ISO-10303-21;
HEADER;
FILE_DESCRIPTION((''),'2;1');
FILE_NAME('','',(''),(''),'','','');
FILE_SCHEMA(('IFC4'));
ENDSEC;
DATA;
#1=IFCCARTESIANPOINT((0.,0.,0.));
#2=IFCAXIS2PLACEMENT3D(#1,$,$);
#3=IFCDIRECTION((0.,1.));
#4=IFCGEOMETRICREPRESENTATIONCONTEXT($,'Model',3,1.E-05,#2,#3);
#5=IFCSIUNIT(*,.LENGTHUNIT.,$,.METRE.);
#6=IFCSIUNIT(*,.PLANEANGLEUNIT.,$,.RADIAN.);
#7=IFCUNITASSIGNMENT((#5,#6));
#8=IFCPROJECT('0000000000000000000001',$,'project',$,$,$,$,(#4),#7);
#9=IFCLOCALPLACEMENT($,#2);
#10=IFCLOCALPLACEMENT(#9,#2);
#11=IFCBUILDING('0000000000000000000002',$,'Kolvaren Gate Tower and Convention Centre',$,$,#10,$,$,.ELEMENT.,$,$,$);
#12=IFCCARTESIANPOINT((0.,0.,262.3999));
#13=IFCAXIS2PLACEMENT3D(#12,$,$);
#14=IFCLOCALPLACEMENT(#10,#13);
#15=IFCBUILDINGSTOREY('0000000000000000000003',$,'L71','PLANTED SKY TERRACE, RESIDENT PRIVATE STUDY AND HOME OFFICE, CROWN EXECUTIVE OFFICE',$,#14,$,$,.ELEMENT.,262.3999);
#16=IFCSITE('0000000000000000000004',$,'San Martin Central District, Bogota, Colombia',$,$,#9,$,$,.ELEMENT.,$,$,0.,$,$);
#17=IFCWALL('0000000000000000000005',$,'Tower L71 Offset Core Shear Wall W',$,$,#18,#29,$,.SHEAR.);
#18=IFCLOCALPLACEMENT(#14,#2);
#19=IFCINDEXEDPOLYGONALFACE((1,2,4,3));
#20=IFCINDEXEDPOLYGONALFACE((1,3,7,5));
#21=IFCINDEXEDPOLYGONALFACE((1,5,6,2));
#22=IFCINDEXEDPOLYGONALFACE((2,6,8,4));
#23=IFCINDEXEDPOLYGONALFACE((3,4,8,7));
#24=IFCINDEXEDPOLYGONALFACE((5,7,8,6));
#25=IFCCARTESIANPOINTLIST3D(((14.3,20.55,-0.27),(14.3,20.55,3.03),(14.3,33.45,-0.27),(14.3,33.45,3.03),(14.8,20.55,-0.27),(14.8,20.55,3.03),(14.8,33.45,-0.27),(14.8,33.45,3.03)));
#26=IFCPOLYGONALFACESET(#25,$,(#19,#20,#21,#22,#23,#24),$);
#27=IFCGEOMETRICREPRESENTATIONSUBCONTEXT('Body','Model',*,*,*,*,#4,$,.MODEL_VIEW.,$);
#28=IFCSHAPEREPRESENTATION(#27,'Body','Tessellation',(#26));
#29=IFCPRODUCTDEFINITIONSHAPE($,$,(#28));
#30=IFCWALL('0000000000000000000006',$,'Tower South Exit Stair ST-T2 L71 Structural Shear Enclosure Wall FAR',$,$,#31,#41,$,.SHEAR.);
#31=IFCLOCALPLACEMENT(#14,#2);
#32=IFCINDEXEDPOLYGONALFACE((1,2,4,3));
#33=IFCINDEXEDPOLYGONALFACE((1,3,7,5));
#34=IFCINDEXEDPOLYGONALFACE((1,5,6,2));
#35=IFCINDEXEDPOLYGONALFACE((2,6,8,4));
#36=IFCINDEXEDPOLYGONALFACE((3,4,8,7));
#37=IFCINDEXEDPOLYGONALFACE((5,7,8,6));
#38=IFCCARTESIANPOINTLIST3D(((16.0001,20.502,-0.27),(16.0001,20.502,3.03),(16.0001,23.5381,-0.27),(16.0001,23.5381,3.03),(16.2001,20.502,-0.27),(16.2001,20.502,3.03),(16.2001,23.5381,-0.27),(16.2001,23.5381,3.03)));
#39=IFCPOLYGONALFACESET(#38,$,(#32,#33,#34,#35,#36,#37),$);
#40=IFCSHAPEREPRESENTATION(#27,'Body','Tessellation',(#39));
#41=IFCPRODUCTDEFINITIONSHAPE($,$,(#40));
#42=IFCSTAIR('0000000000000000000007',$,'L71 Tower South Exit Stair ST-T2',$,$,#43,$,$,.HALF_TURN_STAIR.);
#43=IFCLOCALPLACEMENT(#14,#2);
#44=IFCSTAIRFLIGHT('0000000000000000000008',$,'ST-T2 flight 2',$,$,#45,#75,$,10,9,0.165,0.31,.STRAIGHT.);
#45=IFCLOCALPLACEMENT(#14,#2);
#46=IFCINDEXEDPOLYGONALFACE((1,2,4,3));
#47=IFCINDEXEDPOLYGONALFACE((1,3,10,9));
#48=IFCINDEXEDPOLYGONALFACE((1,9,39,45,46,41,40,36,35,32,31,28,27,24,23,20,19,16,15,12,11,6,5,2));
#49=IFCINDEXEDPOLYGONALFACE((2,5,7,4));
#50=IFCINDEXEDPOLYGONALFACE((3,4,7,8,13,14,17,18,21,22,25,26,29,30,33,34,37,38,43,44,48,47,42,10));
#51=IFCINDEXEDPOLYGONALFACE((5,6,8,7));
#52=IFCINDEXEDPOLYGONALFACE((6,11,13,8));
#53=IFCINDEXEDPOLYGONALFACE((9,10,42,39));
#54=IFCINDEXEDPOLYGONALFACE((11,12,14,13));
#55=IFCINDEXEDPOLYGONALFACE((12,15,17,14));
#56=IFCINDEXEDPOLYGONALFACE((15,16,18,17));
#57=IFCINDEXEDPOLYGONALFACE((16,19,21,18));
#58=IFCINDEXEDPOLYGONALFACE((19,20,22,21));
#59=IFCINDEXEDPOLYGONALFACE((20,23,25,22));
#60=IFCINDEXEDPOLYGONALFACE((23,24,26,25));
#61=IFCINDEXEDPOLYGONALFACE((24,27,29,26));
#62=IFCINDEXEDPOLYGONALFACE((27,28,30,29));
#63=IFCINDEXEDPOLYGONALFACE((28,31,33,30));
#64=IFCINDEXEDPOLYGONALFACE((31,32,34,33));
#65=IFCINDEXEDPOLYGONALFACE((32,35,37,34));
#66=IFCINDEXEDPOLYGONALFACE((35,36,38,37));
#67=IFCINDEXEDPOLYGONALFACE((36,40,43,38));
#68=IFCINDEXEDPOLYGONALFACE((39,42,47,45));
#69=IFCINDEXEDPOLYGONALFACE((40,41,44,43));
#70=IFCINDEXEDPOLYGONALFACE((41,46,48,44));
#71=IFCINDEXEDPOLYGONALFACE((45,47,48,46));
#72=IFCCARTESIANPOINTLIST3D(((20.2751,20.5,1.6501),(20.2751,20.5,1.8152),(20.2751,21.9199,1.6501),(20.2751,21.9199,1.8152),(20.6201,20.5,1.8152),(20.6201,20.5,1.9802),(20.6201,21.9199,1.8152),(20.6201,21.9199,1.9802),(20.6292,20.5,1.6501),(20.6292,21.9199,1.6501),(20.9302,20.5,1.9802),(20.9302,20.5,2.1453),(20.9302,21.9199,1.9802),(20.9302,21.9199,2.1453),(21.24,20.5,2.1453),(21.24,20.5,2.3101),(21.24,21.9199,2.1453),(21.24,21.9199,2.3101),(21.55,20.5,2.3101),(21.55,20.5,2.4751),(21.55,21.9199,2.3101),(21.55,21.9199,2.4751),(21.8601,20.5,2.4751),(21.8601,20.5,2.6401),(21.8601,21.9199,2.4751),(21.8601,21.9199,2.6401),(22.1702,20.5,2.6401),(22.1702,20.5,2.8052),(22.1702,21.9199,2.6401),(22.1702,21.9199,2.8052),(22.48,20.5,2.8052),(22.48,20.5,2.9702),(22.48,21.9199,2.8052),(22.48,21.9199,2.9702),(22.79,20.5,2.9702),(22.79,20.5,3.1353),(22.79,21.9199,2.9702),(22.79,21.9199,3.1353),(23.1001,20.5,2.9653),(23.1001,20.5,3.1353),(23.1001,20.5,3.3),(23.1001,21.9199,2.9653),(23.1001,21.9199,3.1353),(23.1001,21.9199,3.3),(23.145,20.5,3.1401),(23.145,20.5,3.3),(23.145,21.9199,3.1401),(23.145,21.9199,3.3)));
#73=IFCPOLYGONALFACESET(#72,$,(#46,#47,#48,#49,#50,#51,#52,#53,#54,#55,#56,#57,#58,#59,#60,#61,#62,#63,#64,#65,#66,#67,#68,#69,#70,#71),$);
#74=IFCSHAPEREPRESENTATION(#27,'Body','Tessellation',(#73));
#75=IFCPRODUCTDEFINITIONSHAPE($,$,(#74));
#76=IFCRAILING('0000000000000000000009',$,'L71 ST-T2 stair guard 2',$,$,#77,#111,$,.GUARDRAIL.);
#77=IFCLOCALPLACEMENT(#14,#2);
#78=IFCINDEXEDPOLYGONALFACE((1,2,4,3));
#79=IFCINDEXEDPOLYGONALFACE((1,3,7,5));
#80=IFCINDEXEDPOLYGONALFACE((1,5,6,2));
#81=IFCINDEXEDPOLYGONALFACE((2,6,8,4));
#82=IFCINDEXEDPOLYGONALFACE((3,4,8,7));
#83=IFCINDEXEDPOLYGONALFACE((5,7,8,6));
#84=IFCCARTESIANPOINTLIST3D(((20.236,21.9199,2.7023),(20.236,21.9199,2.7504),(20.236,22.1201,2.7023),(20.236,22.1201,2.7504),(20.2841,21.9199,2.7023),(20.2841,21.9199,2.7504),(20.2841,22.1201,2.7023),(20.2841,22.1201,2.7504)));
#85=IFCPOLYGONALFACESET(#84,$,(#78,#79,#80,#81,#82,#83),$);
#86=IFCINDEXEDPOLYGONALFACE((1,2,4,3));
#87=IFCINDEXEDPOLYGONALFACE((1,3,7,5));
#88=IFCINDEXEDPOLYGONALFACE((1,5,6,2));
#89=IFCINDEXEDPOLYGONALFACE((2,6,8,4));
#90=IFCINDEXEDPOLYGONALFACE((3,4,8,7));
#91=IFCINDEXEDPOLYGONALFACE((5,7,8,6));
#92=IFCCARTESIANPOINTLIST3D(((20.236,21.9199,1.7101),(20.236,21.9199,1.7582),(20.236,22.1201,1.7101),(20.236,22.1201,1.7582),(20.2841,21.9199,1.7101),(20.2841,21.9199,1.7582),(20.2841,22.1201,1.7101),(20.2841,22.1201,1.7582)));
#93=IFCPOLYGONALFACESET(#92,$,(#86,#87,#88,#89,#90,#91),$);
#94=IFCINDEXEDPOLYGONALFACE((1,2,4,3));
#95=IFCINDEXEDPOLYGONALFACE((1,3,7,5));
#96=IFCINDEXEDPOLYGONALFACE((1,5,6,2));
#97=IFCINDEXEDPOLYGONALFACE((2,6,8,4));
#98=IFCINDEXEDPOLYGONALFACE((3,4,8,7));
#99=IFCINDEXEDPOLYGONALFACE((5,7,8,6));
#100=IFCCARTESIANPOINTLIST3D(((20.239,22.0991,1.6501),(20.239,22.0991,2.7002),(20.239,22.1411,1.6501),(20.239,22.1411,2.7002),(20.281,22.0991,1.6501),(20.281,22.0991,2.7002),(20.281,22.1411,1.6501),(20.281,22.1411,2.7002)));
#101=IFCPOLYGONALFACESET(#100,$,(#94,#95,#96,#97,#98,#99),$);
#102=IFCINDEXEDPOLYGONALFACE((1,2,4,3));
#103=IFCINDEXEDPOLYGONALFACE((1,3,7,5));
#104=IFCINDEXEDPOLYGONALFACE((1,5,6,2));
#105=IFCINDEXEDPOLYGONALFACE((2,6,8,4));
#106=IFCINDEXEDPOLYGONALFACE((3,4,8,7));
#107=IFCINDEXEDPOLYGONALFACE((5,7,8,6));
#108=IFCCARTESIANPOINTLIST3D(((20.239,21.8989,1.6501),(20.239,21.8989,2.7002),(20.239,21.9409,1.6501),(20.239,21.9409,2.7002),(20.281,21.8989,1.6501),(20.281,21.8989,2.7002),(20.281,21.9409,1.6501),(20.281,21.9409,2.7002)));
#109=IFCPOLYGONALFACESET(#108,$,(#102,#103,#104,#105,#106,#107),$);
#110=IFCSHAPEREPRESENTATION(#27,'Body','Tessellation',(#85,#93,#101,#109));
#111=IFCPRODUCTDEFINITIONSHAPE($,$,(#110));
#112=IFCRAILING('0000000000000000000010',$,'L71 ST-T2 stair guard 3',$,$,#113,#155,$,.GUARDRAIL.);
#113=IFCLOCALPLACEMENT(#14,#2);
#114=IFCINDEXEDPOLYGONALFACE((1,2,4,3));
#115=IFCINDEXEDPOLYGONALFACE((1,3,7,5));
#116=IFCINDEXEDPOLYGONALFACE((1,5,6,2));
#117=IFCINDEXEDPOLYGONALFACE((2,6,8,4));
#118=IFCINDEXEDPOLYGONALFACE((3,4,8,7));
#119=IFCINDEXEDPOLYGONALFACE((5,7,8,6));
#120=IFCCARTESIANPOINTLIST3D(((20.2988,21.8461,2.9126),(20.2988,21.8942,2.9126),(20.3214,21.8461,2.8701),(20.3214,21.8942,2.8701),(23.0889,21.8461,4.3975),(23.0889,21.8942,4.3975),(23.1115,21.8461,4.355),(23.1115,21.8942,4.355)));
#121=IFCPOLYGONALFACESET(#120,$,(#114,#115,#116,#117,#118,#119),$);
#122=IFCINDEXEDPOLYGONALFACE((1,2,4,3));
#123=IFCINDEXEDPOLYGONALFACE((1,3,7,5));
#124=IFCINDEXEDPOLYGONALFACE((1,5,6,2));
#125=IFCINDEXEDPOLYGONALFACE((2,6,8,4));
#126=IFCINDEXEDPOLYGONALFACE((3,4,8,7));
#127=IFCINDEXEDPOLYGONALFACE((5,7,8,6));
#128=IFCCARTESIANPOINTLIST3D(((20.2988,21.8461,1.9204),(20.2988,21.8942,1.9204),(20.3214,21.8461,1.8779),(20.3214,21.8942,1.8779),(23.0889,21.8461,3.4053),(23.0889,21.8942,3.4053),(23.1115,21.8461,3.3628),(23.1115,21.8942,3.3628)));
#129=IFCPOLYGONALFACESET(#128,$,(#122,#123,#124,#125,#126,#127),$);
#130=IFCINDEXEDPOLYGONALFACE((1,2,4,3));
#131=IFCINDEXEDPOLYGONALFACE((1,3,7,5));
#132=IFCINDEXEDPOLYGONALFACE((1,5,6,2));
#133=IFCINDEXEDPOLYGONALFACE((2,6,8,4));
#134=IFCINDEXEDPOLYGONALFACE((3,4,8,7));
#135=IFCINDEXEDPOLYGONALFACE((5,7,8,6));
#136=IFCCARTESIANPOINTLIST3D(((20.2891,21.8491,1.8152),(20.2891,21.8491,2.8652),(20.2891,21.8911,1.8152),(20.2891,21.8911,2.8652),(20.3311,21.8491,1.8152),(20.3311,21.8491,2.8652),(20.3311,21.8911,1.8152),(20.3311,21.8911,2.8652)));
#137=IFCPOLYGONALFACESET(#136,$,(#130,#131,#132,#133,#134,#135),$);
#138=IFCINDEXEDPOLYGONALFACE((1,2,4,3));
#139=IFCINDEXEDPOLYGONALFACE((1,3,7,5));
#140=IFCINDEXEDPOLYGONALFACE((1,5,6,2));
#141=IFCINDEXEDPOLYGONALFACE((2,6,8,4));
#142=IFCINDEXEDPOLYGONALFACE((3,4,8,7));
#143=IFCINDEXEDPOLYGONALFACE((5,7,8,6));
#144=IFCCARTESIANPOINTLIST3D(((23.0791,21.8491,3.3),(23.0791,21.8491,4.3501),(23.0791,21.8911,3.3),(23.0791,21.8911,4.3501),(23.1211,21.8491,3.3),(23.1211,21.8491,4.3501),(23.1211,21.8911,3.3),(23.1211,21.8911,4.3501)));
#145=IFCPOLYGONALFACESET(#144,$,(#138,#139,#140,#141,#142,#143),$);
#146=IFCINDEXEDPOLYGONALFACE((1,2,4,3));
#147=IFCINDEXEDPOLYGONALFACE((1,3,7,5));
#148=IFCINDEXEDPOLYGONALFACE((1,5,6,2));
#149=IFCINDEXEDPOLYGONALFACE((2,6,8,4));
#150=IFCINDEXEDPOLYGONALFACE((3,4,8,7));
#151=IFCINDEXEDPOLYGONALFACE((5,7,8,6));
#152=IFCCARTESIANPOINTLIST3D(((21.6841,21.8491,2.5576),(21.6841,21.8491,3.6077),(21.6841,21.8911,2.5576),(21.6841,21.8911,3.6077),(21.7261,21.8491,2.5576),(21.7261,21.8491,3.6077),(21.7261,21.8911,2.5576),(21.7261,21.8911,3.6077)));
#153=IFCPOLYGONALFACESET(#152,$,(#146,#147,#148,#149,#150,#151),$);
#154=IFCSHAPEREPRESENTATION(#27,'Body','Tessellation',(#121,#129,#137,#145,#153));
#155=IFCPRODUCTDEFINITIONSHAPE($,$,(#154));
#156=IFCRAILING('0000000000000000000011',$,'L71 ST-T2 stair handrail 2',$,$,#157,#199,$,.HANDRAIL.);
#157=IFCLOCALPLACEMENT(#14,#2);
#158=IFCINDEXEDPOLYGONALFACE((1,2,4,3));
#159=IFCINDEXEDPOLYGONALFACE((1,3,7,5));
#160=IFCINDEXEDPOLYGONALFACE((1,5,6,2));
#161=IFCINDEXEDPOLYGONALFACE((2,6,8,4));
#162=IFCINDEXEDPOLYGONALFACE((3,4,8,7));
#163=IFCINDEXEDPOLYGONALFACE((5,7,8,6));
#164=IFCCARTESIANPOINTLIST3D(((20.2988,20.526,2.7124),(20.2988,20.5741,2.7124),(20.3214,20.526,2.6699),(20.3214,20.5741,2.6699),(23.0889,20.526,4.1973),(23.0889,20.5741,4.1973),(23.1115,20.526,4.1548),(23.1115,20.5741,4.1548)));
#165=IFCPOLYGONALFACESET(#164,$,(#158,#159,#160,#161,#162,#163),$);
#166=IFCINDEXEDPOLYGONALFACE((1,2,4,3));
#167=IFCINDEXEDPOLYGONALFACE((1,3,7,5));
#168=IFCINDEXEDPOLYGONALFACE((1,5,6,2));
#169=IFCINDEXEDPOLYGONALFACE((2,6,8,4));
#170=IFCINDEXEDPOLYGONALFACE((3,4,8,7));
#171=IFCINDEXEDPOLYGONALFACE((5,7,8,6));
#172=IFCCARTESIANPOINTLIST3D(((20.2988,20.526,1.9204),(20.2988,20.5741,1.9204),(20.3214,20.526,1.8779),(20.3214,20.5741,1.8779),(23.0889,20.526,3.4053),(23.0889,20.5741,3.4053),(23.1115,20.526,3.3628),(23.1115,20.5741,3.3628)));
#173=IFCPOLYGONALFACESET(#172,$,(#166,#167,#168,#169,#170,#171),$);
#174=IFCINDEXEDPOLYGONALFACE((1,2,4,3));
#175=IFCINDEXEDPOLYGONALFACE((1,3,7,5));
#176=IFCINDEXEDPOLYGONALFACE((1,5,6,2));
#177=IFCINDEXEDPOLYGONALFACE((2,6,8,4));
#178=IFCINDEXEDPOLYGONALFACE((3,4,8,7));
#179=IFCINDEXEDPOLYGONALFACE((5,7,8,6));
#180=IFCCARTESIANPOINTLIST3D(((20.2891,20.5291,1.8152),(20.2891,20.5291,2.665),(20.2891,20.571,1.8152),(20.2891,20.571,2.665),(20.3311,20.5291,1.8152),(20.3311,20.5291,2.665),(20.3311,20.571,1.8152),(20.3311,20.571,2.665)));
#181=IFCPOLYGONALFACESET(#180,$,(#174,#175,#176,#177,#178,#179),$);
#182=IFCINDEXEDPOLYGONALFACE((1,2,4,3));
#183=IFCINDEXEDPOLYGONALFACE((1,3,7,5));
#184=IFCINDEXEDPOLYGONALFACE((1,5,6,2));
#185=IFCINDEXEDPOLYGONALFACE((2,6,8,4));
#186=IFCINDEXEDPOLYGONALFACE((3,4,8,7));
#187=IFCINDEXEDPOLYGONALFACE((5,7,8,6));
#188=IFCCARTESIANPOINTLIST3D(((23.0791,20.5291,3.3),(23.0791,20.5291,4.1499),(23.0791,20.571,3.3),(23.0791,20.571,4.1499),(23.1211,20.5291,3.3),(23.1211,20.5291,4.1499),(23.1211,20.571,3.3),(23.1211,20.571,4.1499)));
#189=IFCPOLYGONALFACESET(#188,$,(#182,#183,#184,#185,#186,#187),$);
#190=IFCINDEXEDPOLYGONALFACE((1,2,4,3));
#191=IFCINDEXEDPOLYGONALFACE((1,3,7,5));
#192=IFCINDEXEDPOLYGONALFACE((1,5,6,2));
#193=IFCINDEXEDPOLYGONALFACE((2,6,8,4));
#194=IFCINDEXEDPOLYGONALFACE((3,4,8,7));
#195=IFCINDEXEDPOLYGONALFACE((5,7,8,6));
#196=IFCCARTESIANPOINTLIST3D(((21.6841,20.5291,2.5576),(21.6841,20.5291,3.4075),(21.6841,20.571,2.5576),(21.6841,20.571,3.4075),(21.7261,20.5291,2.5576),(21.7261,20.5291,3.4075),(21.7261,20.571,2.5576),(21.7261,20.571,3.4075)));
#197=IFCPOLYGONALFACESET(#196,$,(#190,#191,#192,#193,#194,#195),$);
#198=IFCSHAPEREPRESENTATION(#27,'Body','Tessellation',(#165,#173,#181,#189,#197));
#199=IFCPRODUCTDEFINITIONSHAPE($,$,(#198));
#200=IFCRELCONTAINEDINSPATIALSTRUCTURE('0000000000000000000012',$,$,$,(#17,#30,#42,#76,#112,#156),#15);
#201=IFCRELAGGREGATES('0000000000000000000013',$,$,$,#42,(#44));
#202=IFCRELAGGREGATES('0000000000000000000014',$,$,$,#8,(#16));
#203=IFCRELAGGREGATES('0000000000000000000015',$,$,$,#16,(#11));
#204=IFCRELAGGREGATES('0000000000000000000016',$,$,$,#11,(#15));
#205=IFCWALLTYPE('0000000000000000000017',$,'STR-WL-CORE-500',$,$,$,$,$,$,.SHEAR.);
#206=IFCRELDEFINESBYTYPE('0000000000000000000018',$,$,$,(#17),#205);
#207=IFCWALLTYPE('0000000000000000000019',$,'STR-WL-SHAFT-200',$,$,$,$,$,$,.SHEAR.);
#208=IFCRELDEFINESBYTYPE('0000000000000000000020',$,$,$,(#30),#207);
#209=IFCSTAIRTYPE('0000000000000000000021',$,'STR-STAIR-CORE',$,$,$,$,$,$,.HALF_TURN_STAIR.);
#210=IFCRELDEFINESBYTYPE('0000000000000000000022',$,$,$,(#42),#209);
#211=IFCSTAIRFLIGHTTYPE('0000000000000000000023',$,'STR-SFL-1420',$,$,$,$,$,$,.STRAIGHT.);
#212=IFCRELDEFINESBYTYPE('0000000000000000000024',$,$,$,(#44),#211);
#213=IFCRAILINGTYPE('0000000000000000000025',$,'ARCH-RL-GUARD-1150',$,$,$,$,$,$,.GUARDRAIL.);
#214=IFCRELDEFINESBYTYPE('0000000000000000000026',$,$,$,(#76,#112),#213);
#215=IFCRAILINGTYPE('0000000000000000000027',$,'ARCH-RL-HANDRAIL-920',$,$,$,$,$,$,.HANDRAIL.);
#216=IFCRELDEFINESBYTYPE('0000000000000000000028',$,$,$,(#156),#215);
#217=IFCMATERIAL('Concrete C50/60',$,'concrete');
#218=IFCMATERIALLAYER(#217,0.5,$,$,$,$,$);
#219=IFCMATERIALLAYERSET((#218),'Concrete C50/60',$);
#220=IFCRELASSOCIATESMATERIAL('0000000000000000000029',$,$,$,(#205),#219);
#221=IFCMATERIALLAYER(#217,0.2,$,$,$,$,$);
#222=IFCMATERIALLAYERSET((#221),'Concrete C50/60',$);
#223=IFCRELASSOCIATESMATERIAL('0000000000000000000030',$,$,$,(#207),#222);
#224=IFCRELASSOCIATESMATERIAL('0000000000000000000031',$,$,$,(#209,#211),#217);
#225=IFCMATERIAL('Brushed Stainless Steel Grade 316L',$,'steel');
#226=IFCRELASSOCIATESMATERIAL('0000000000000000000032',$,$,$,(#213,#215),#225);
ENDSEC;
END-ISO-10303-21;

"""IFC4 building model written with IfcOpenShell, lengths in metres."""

from ifc_helpers import new_model, si_unit, direction, frame, frame_2d, origin, origin_2d, place, context, subcontext, project, spatial, polyline, rectangle, outline, extrude, material, layer, layer_set, type_object, element, aggregate, save


model = new_model("IFC4")

# Units and contexts
model_context = context("Model", 3, precision=1e-05, world=origin(), true_north=direction((0.0, 1.0)))
body_context = subcontext(model_context, "Body", "Model", "MODEL_VIEW")
ifc_project = project(units=[si_unit("LENGTHUNIT", "METRE"), si_unit("PLANEANGLEUNIT", "RADIAN")], contexts=[model_context])

# Site, building, storey
site_placement = place(None, origin())
site = spatial("IfcSite", under=ifc_project, at=site_placement, Name="San Martin Central District, Bogota, Colombia", CompositionType="ELEMENT", RefElevation=0.0)
building_placement = place(site_placement, origin())
building = spatial("IfcBuilding", under=site, at=building_placement, Name="Kolvaren Gate Tower and Convention Centre", CompositionType="ELEMENT")
storey_placement = place(building_placement, frame((0.0, 0.0, 262.3999)))
storey = spatial("IfcBuildingStorey", under=building, at=storey_placement, Name="L71", Description="PLANTED SKY TERRACE, RESIDENT PRIVATE STUDY AND HOME OFFICE, CROWN EXECUTIVE OFFICE", CompositionType="ELEMENT", Elevation=262.3999)

# Walls
ifc_material_1 = material(Name="Concrete C50/60", Category="concrete")
ifc_layer_1 = layer(ifc_material_1, 0.5)
ifc_layer_set_1 = layer_set([ifc_layer_1], Name="Concrete C50/60")
wall_type_1 = type_object("IfcWallType", Name="STR-WL-CORE-500", PredefinedType="SHEAR", material=ifc_layer_set_1)
wall_1_placement = place(storey_placement, frame((14.55, 20.55, -0.27), z_axis=(0.0, 0.0, 1.0), x_axis=(0.0, 1.0, 0.0)))
element("IfcWall", 1, at=wall_1_placement, inside=storey, type_object=wall_type_1, Name="Tower L71 Offset Core Shear Wall W", PredefinedType="SHEAR", context=body_context, shape_type="SweptSolid", body=[
    extrude(rectangle(XDim=12.8999, YDim=0.5, at=frame_2d((6.45, 0.0))), origin(), (0.0, 0.0, 1.0), 3.3),
])
ifc_layer_2 = layer(ifc_material_1, 0.2)
ifc_layer_set_2 = layer_set([ifc_layer_2], Name="Concrete C50/60")
wall_type_2 = type_object("IfcWallType", Name="STR-WL-SHAFT-200", PredefinedType="SHEAR", material=ifc_layer_set_2)
wall_2_placement = place(storey_placement, frame((16.1001, 20.502, -0.27), z_axis=(0.0, 0.0, 1.0), x_axis=(0.0, 1.0, 0.0)))
element("IfcWall", 2, at=wall_2_placement, inside=storey, type_object=wall_type_2, Name="Tower South Exit Stair ST-T2 L71 Structural Shear Enclosure Wall FAR", PredefinedType="SHEAR", context=body_context, shape_type="SweptSolid", body=[
    extrude(rectangle(XDim=3.0361, YDim=0.2, at=frame_2d((1.5181, 0.0))), origin(), (0.0, 0.0, 1.0), 3.3),
])

# Stair, stair flight
stair_type = type_object("IfcStairType", Name="STR-STAIR-CORE", PredefinedType="HALF_TURN_STAIR", material=ifc_material_1)
stair_placement = place(storey_placement, origin())
stair = element("IfcStair", 3, at=stair_placement, inside=storey, type_object=stair_type, Name="L71 Tower South Exit Stair ST-T2", PredefinedType="HALF_TURN_STAIR")
stair_flight_type = type_object("IfcStairFlightType", Name="STR-SFL-1420", PredefinedType="STRAIGHT", material=ifc_material_1)
stair_flight_placement = place(storey_placement, frame((20.3101, 21.21, 1.6501), z_axis=(0.0, 0.0, 1.0), x_axis=(1.0, 0.0, 0.0)))
stair_flight = element("IfcStairFlight", 4, at=stair_flight_placement, type_object=stair_flight_type, Name="ST-T2 flight 2", NumberOfRisers=10, NumberOfTreads=9, PredefinedType="STRAIGHT", RiserHeight=0.165, TreadLength=0.31, context=body_context, shape_type="SweptSolid", body=[
    extrude(outline(polyline([(-0.0349, 0.0), (-0.0349, 0.165), (0.3101, 0.165), (0.3101, 0.3301), (0.6201, 0.3301), (0.6201, 0.4951), (0.9299, 0.4951), (0.9299, 0.6599), (1.24, 0.6599), (1.24, 0.825), (1.55, 0.825), (1.55, 0.99), (1.8601, 0.99), (1.8601, 1.155), (2.1699, 1.155), (2.1699, 1.3201), (2.48, 1.3201), (2.48, 1.4851), (2.79, 1.4851), (2.79, 1.6499), (2.835, 1.6499), (2.835, 1.49), (2.79, 1.3152), (0.3191, 0.0), (-0.0349, 0.0)])), frame((0.0, 0.71, 0.0), z_axis=(0.0, -1.0, 0.0), x_axis=(1.0, 0.0, 0.0)), (0.0, 0.0, 1.0), 1.4199),
])
aggregate(stair, [stair_flight])

# Railings
ifc_material_2 = material(Name="Brushed Stainless Steel Grade 316L", Category="steel")
railing_type_1 = type_object("IfcRailingType", Name="ARCH-RL-GUARD-1150", PredefinedType="GUARDRAIL", material=ifc_material_2)
railing_1_placement = place(storey_placement, frame((20.26, 22.1201, 1.6501)))
element("IfcRailing", 5, at=railing_1_placement, inside=storey, type_object=railing_type_1, Name="L71 ST-T2 stair guard 2", PredefinedType="GUARDRAIL", context=body_context, shape_type="SweptSolid", body=[
    extrude(rectangle(XDim=0.0481, YDim=0.0481, at=origin_2d()), frame((0.0, 0.0, 1.0762), z_axis=(0.0, -1.0, 0.0), x_axis=(1.0, 0.0, 0.0)), (0.0, 0.0, 1.0), 0.2002),
    extrude(rectangle(XDim=0.0481, YDim=0.0481, at=origin_2d()), frame((0.0, 0.0, 0.084), z_axis=(0.0, -1.0, 0.0), x_axis=(1.0, 0.0, 0.0)), (0.0, 0.0, 1.0), 0.2002),
    extrude(rectangle(XDim=0.042, YDim=0.042, at=origin_2d()), origin(), (0.0, 0.0, 1.0), 1.05),
    extrude(rectangle(XDim=0.042, YDim=0.042, at=origin_2d()), frame((0.0, -0.2002, 0.0)), (0.0, 0.0, 1.0), 1.05),
])
railing_2_placement = place(storey_placement, frame((20.3101, 21.8701, 1.8152)))
element("IfcRailing", 6, at=railing_2_placement, inside=storey, type_object=railing_type_1, Name="L71 ST-T2 stair guard 3", PredefinedType="GUARDRAIL", context=body_context, shape_type="SweptSolid", body=[
    extrude(rectangle(XDim=0.0481, YDim=0.0481, at=origin_2d()), frame((0.0, 0.0, 1.0762), z_axis=(0.882767, 0.0, 0.46981), x_axis=(0.0, 1.0, 0.0)), (0.0, 0.0, 1.0), 3.1606),
    extrude(rectangle(XDim=0.0481, YDim=0.0481, at=origin_2d()), frame((0.0, 0.0, 0.084), z_axis=(0.882767, 0.0, 0.46981), x_axis=(0.0, 1.0, 0.0)), (0.0, 0.0, 1.0), 3.1606),
    extrude(rectangle(XDim=0.042, YDim=0.042, at=origin_2d()), origin(), (0.0, 0.0, 1.0), 1.05),
    extrude(rectangle(XDim=0.042, YDim=0.042, at=origin_2d()), frame((2.79, 0.0, 1.4849)), (0.0, 0.0, 1.0), 1.05),
    extrude(rectangle(XDim=0.042, YDim=0.042, at=origin_2d()), frame((1.395, 0.0, 0.7424)), (0.0, 0.0, 1.0), 1.05),
])
railing_type_2 = type_object("IfcRailingType", Name="ARCH-RL-HANDRAIL-920", PredefinedType="HANDRAIL", material=ifc_material_2)
railing_3_placement = place(storey_placement, frame((20.3101, 20.55, 1.8152)))
element("IfcRailing", 7, at=railing_3_placement, inside=storey, type_object=railing_type_2, Name="L71 ST-T2 stair handrail 2", PredefinedType="HANDRAIL", context=body_context, shape_type="SweptSolid", body=[
    extrude(rectangle(XDim=0.0481, YDim=0.0481, at=origin_2d()), frame((0.0, 0.0, 0.876), z_axis=(0.882767, 0.0, 0.46981), x_axis=(0.0, 1.0, 0.0)), (0.0, 0.0, 1.0), 3.1606),
    extrude(rectangle(XDim=0.0481, YDim=0.0481, at=origin_2d()), frame((0.0, 0.0, 0.084), z_axis=(0.882767, 0.0, 0.46981), x_axis=(0.0, 1.0, 0.0)), (0.0, 0.0, 1.0), 3.1606),
    extrude(rectangle(XDim=0.042, YDim=0.042, at=origin_2d()), origin(), (0.0, 0.0, 1.0), 0.8499),
    extrude(rectangle(XDim=0.042, YDim=0.042, at=origin_2d()), frame((2.79, 0.0, 1.4849)), (0.0, 0.0, 1.0), 0.8499),
    extrude(rectangle(XDim=0.042, YDim=0.042, at=origin_2d()), frame((1.395, 0.0, 0.7424)), (0.0, 0.0, 1.0), 0.8499),
])

save(model, "model.ifc")
